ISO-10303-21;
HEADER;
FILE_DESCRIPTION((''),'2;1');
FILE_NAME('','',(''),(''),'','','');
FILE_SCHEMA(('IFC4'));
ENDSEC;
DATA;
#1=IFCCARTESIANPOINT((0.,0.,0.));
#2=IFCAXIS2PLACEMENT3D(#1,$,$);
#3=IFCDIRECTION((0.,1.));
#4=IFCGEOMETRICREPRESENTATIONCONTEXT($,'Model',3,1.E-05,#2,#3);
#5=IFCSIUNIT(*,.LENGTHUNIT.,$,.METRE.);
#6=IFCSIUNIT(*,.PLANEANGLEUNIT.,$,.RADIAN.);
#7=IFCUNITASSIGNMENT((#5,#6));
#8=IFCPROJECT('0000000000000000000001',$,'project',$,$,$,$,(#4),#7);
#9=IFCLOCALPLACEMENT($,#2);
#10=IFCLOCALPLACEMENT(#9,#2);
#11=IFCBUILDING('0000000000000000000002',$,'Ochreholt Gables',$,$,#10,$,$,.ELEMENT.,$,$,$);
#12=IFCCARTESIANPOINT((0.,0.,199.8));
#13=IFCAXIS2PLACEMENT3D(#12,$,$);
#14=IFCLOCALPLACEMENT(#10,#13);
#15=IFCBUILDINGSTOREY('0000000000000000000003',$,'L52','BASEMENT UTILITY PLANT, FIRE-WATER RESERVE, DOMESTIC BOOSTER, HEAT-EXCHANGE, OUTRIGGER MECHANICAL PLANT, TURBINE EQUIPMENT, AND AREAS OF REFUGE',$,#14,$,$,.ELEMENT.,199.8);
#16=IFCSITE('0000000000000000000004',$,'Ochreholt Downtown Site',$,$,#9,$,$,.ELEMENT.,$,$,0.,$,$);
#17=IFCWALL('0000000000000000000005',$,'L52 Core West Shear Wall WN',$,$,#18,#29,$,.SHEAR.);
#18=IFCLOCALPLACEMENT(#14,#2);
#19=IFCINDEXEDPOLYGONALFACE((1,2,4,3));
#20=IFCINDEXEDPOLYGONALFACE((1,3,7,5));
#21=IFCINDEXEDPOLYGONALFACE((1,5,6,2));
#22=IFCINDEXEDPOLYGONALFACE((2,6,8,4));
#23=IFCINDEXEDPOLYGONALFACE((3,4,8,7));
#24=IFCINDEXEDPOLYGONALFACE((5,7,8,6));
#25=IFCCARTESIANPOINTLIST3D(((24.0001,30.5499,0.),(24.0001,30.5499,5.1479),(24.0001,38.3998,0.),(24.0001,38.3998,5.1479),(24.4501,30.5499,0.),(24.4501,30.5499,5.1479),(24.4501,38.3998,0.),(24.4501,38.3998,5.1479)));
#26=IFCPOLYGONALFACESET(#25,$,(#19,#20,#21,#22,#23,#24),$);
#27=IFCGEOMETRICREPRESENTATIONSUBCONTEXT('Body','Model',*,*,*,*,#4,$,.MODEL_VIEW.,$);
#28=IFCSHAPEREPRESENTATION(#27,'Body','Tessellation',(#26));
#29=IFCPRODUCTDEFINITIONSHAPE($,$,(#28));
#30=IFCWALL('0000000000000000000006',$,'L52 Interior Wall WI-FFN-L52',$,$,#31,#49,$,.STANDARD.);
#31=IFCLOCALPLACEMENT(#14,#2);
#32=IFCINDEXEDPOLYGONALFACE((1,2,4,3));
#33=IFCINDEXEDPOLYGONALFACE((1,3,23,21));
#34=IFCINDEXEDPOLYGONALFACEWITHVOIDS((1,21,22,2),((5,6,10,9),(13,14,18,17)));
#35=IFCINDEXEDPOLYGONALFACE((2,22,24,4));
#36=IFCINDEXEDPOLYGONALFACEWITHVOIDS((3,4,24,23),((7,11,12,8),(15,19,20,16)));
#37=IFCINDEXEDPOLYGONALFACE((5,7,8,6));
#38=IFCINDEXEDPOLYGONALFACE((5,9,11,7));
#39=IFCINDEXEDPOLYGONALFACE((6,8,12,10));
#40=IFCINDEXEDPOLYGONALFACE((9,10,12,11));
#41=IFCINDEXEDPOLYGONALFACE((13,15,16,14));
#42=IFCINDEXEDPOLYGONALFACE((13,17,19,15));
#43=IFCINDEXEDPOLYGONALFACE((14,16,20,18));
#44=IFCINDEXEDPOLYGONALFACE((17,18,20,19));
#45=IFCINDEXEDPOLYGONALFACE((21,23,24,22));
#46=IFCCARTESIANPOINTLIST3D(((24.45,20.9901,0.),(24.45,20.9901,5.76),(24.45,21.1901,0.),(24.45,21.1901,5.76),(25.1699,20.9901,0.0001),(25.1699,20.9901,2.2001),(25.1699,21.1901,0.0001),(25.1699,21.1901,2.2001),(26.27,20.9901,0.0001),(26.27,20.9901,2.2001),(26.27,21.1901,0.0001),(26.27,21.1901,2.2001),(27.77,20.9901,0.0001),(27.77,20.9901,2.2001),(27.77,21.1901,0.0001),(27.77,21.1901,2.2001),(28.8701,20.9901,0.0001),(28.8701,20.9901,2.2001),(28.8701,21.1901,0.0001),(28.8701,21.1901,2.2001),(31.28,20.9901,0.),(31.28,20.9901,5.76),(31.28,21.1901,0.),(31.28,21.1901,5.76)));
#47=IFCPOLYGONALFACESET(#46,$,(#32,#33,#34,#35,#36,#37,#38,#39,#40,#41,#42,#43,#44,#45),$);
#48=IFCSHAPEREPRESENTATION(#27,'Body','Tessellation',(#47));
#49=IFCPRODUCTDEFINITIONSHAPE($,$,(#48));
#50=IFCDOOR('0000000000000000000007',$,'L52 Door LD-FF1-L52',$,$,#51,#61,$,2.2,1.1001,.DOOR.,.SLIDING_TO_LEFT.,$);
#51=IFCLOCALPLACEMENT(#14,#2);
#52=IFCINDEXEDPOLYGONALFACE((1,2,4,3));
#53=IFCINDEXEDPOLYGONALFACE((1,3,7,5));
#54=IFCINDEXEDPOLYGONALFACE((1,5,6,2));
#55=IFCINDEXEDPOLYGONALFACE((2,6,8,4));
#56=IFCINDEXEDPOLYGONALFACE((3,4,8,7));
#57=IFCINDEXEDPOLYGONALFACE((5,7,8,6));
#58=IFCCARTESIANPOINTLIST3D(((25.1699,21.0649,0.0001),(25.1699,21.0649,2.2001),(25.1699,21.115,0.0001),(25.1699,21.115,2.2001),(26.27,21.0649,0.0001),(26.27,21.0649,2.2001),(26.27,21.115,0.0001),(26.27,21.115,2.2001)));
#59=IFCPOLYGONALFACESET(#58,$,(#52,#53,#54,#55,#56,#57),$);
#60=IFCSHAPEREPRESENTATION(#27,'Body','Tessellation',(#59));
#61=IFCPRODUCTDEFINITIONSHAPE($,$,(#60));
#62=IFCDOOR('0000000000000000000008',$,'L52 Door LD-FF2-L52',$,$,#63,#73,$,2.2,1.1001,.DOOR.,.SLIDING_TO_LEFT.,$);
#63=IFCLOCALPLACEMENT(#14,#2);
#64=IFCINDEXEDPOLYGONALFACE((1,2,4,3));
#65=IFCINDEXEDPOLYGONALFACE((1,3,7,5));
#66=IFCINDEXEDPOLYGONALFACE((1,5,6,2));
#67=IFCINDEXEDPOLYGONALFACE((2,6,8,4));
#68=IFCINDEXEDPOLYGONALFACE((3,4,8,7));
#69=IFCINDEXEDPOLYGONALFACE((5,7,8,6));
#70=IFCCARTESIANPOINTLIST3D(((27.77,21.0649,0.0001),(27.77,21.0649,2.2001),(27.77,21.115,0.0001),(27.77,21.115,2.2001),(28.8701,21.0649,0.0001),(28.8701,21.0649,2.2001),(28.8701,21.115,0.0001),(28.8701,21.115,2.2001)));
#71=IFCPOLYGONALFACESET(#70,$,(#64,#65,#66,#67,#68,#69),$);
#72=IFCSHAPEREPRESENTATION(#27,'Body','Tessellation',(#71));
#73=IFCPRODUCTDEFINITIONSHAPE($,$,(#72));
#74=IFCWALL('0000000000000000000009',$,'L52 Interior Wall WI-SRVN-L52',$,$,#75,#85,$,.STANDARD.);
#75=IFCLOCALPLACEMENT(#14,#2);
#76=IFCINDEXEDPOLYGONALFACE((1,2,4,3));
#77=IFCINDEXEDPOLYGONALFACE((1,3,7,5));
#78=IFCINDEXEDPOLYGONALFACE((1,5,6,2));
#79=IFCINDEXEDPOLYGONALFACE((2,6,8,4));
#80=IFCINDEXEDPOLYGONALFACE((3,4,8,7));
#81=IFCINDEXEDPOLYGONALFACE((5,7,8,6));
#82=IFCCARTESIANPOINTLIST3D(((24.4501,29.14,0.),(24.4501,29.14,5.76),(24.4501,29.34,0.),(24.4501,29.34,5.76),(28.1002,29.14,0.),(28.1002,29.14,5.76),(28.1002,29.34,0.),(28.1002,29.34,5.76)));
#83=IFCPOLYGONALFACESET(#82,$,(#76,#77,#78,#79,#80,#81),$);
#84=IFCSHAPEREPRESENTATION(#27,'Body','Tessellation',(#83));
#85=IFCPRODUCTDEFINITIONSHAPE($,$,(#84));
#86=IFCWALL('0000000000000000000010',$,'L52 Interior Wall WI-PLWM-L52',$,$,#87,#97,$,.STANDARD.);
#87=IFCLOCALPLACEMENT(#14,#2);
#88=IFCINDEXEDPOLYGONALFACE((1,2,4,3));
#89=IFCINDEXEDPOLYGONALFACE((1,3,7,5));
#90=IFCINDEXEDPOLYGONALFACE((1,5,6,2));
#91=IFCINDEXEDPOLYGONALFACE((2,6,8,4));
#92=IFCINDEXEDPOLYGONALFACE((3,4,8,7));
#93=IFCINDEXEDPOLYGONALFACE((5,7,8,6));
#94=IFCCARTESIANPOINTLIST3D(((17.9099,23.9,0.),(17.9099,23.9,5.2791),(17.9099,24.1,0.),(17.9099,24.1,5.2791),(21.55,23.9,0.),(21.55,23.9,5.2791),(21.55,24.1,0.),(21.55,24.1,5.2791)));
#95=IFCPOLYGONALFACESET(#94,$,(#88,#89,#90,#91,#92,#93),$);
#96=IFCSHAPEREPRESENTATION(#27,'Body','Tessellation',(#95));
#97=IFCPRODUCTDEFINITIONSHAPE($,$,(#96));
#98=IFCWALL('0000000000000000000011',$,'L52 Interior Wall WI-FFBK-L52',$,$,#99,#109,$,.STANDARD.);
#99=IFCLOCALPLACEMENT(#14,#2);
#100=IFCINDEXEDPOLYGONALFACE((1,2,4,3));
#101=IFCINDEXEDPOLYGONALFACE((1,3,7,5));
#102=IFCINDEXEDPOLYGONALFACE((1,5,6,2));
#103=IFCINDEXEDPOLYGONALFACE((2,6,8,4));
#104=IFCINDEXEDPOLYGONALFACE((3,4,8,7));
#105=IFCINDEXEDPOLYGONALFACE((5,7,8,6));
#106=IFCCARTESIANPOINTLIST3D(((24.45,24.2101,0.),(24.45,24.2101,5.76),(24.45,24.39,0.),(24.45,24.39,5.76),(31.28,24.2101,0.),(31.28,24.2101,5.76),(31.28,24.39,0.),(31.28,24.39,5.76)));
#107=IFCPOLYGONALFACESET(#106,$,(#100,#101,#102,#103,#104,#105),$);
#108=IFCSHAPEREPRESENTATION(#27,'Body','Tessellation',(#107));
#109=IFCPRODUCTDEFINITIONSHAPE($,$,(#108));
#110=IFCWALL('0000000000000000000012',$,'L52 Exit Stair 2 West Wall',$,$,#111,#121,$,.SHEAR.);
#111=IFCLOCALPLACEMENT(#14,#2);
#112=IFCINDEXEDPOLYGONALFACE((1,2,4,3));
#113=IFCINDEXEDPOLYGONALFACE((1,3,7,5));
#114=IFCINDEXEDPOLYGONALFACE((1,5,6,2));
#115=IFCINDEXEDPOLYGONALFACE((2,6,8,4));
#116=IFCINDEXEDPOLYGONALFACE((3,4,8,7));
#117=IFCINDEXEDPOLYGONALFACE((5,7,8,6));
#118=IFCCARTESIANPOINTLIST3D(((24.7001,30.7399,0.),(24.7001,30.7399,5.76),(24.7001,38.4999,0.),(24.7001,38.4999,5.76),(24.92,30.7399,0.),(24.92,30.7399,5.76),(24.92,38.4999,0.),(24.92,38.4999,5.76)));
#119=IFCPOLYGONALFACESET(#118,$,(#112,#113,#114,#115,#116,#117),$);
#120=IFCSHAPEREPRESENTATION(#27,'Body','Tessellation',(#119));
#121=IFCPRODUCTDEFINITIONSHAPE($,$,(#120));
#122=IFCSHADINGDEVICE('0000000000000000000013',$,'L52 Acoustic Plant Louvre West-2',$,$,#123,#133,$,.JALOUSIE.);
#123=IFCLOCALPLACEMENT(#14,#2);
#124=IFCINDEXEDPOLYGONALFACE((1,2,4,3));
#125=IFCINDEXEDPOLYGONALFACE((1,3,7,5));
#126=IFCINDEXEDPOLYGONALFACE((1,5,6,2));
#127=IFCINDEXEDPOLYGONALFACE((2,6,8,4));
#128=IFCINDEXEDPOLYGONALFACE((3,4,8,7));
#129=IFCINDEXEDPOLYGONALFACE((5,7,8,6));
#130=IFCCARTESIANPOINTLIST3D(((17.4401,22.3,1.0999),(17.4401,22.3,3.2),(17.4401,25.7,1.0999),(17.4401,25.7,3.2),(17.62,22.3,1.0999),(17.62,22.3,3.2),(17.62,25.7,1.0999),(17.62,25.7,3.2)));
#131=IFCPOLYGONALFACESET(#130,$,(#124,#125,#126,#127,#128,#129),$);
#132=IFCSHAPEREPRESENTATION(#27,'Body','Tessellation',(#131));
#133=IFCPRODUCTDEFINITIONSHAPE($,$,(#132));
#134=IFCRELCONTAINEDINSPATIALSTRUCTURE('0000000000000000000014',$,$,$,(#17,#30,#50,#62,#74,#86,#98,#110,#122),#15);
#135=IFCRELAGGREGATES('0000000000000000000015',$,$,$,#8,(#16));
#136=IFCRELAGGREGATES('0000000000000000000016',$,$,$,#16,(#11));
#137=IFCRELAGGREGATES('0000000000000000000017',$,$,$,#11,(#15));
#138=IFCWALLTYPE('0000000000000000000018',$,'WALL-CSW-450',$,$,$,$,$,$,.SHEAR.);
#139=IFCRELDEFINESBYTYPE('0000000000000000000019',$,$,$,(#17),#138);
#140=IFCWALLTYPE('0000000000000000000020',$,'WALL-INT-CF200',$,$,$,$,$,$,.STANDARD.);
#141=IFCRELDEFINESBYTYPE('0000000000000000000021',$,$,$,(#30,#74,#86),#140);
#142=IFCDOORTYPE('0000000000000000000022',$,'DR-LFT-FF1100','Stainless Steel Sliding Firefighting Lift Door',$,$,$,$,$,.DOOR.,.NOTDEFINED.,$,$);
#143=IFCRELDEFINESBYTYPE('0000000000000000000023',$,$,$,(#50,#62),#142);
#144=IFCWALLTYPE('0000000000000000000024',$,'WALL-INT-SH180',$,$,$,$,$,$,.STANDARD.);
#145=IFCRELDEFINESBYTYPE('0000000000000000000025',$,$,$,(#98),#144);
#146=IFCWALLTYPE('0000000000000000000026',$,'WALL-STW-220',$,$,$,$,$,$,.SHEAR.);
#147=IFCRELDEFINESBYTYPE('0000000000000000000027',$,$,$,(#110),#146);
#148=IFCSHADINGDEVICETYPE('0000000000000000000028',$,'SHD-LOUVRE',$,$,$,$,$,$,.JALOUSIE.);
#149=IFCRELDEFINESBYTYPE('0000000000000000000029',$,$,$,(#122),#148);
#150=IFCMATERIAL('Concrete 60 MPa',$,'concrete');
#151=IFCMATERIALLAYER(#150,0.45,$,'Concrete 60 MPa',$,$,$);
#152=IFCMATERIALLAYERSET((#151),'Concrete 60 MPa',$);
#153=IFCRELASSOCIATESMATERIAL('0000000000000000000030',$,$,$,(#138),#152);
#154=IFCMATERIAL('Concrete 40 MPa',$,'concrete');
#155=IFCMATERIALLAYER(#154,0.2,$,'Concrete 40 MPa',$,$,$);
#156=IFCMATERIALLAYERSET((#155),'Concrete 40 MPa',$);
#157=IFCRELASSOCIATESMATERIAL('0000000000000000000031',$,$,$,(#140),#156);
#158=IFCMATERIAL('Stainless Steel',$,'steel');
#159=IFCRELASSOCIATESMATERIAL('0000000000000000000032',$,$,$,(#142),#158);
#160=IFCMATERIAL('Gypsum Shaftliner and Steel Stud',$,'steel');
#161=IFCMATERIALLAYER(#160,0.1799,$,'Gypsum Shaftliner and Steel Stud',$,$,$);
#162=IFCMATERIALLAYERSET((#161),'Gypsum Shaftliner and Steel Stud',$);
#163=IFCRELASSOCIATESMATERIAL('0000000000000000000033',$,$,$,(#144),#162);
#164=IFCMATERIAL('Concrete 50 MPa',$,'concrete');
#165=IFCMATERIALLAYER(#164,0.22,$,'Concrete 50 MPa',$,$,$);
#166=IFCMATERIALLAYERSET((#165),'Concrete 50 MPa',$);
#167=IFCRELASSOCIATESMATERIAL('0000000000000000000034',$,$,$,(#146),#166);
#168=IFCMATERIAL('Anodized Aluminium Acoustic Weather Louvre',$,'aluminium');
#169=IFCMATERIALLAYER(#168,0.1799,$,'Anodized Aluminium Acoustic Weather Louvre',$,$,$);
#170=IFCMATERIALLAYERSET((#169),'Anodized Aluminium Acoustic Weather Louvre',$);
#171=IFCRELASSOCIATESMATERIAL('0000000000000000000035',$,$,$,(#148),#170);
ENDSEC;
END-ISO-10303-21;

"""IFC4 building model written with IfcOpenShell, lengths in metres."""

from ifc_helpers import new_model, si_unit, direction, frame, frame_2d, origin, origin_2d, place, context, subcontext, project, spatial, rectangle, extrude, material, layer, layer_set, type_object, element, fill, save


model = new_model("IFC4")

# Units and contexts
model_context = context("Model", 3, precision=1e-05, world=origin(), true_north=direction((0.0, 1.0)))
body_context = subcontext(model_context, "Body", "Model", "MODEL_VIEW")
ifc_project = project(units=[si_unit("LENGTHUNIT", "METRE"), si_unit("PLANEANGLEUNIT", "RADIAN")], contexts=[model_context])

# Site, building, storey
site_placement = place(None, origin())
site = spatial("IfcSite", under=ifc_project, at=site_placement, Name="Ochreholt Downtown Site", CompositionType="ELEMENT", RefElevation=0.0)
building_placement = place(site_placement, origin())
building = spatial("IfcBuilding", under=site, at=building_placement, Name="Ochreholt Gables", CompositionType="ELEMENT")
storey_placement = place(building_placement, frame((0.0, 0.0, 199.8)))
storey = spatial("IfcBuildingStorey", under=building, at=storey_placement, Name="L52", Description="BASEMENT UTILITY PLANT, FIRE-WATER RESERVE, DOMESTIC BOOSTER, HEAT-EXCHANGE, OUTRIGGER MECHANICAL PLANT, TURBINE EQUIPMENT, AND AREAS OF REFUGE", CompositionType="ELEMENT", Elevation=199.8)

# Shared definitions
ifc_material_1 = material(Name="Concrete 50 MPa", Category="concrete")

# Wall
ifc_material_2 = material(Name="Concrete 60 MPa", Category="concrete")
ifc_layer_1 = layer(ifc_material_2, 0.45, Name="Concrete 60 MPa")
ifc_layer_set_1 = layer_set([ifc_layer_1], Name="Concrete 60 MPa")
wall_type_1 = type_object("IfcWallType", Name="WALL-CSW-450", PredefinedType="SHEAR", material=ifc_layer_set_1)
wall_1_placement = place(storey_placement, frame((24.2251, 30.55, 0.0), z_axis=(0.0, 0.0, 1.0), x_axis=(0.0, 1.0, 0.0)))
element("IfcWall", 1, at=wall_1_placement, inside=storey, type_object=wall_type_1, Name="L52 Core West Shear Wall WN", PredefinedType="SHEAR", context=body_context, shape_type="SweptSolid", body=[
    extrude(rectangle(XDim=7.8499, YDim=0.45, at=frame_2d((3.9248, 0.0))), origin(), (0.0, 0.0, 1.0), 5.1479),
])

# Wall, openings, doors
ifc_material_3 = material(Name="Concrete 40 MPa", Category="concrete")
ifc_layer_2 = layer(ifc_material_3, 0.2, Name="Concrete 40 MPa")
ifc_layer_set_2 = layer_set([ifc_layer_2], Name="Concrete 40 MPa")
wall_type_2 = type_object("IfcWallType", Name="WALL-INT-CF200", PredefinedType="STANDARD", material=ifc_layer_set_2)
wall_2_placement = place(storey_placement, frame((24.45, 21.0901, 0.0), z_axis=(0.0, 0.0, 1.0), x_axis=(1.0, 0.0, 0.0)))
wall_2 = element("IfcWall", 2, at=wall_2_placement, inside=storey, type_object=wall_type_2, Name="L52 Interior Wall WI-FFN-L52", PredefinedType="STANDARD", context=body_context, shape_type="SweptSolid", body=[
    extrude(rectangle(XDim=6.8301, YDim=0.2, at=frame_2d((3.415, 0.0))), origin(), (0.0, 0.0, 1.0), 5.76),
])
opening_1_placement = place(wall_2_placement, frame((0.72, 0.0, 0.0)))
opening_1 = element("IfcOpeningElement", 3, at=opening_1_placement, cuts=wall_2, PredefinedType="OPENING", context=body_context, shape_type="SweptSolid", body=[
    extrude(rectangle(XDim=1.1001, YDim=2.2, at=frame_2d((0.55, 1.1001))), frame((0.0, 0.1099, 0.0), z_axis=(0.0, -1.0, 0.0), x_axis=(1.0, 0.0, 0.0)), (0.0, 0.0, 1.0), 0.22),
])
opening_2_placement = place(wall_2_placement, frame((3.3201, 0.0, 0.0)))
opening_2 = element("IfcOpeningElement", 4, at=opening_2_placement, cuts=wall_2, PredefinedType="OPENING", context=body_context, shape_type="SweptSolid", body=[
    extrude(rectangle(XDim=1.1001, YDim=2.2, at=frame_2d((0.55, 1.1001))), frame((0.0, 0.1099, 0.0), z_axis=(0.0, -1.0, 0.0), x_axis=(1.0, 0.0, 0.0)), (0.0, 0.0, 1.0), 0.22),
])
ifc_material_4 = material(Name="Stainless Steel", Category="steel")
door_type_1 = type_object("IfcDoorType", Name="DR-LFT-FF1100", Description="Stainless Steel Sliding Firefighting Lift Door", OperationType="NOTDEFINED", PredefinedType="DOOR", material=ifc_material_4)
door_1_placement = place(opening_1_placement, origin())
door_1 = element("IfcDoor", 5, at=door_1_placement, inside=storey, type_object=door_type_1, Name="L52 Door LD-FF1-L52", OperationType="SLIDING_TO_LEFT", OverallHeight=2.2, OverallWidth=1.1001, PredefinedType="DOOR", context=body_context, shape_type="SweptSolid", body=[
    extrude(rectangle(XDim=1.1001, YDim=2.2, at=frame_2d((0.55, 1.1001))), frame((0.0, 0.0249, 0.0), z_axis=(0.0, -1.0, 0.0), x_axis=(1.0, 0.0, 0.0)), (0.0, 0.0, 1.0), 0.05),
])
fill(opening_1, door_1)
door_2_placement = place(opening_2_placement, origin())
door_2 = element("IfcDoor", 6, at=door_2_placement, inside=storey, type_object=door_type_1, Name="L52 Door LD-FF2-L52", OperationType="SLIDING_TO_LEFT", OverallHeight=2.2, OverallWidth=1.1001, PredefinedType="DOOR", context=body_context, shape_type="SweptSolid", body=[
    extrude(rectangle(XDim=1.1001, YDim=2.2, at=frame_2d((0.55, 1.1001))), frame((0.0, 0.0249, 0.0), z_axis=(0.0, -1.0, 0.0), x_axis=(1.0, 0.0, 0.0)), (0.0, 0.0, 1.0), 0.05),
])
fill(opening_2, door_2)

# Walls
wall_3_placement = place(storey_placement, frame((24.45, 29.24, 0.0), z_axis=(0.0, 0.0, 1.0), x_axis=(1.0, 0.0, 0.0)))
element("IfcWall", 7, at=wall_3_placement, inside=storey, type_object=wall_type_2, Name="L52 Interior Wall WI-SRVN-L52", PredefinedType="STANDARD", context=body_context, shape_type="SweptSolid", body=[
    extrude(rectangle(XDim=3.6501, YDim=0.2, at=frame_2d((1.8252, 0.0))), origin(), (0.0, 0.0, 1.0), 5.76),
])
wall_4_placement = place(storey_placement, frame((17.9099, 24.0, 0.0), z_axis=(0.0, 0.0, 1.0), x_axis=(1.0, 0.0, 0.0)))
element("IfcWall", 8, at=wall_4_placement, inside=storey, type_object=wall_type_2, Name="L52 Interior Wall WI-PLWM-L52", PredefinedType="STANDARD", context=body_context, shape_type="SweptSolid", body=[
    extrude(rectangle(XDim=3.6401, YDim=0.2, at=frame_2d((1.8201, 0.0))), origin(), (0.0, 0.0, 1.0), 5.2791),
])
ifc_material_5 = material(Name="Gypsum Shaftliner and Steel Stud", Category="steel")
ifc_layer_3 = layer(ifc_material_5, 0.1799, Name="Gypsum Shaftliner and Steel Stud")
ifc_layer_set_3 = layer_set([ifc_layer_3], Name="Gypsum Shaftliner and Steel Stud")
wall_type_3 = type_object("IfcWallType", Name="WALL-INT-SH180", PredefinedType="STANDARD", material=ifc_layer_set_3)
wall_5_placement = place(storey_placement, frame((24.45, 24.3, 0.0), z_axis=(0.0, 0.0, 1.0), x_axis=(1.0, 0.0, 0.0)))
element("IfcWall", 9, at=wall_5_placement, inside=storey, type_object=wall_type_3, Name="L52 Interior Wall WI-FFBK-L52", PredefinedType="STANDARD", context=body_context, shape_type="SweptSolid", body=[
    extrude(rectangle(XDim=6.8301, YDim=0.1799, at=frame_2d((3.415, 0.0))), origin(), (0.0, 0.0, 1.0), 5.76),
])
ifc_layer_4 = layer(ifc_material_1, 0.22, Name="Concrete 50 MPa")
ifc_layer_set_4 = layer_set([ifc_layer_4], Name="Concrete 50 MPa")
wall_type_4 = type_object("IfcWallType", Name="WALL-STW-220", PredefinedType="SHEAR", material=ifc_layer_set_4)
wall_6_placement = place(storey_placement, frame((24.8101, 30.74, 0.0), z_axis=(0.0, 0.0, 1.0), x_axis=(0.0, 1.0, 0.0)))
element("IfcWall", 10, at=wall_6_placement, inside=storey, type_object=wall_type_4, Name="L52 Exit Stair 2 West Wall", PredefinedType="SHEAR", context=body_context, shape_type="SweptSolid", body=[
    extrude(rectangle(XDim=7.76, YDim=0.22, at=frame_2d((3.8799, 0.0))), origin(), (0.0, 0.0, 1.0), 5.76),
])

# Shading device
ifc_material_6 = material(Name="Anodized Aluminium Acoustic Weather Louvre", Category="aluminium")
ifc_layer_5 = layer(ifc_material_6, 0.1799, Name="Anodized Aluminium Acoustic Weather Louvre")
ifc_layer_set_5 = layer_set([ifc_layer_5], Name="Anodized Aluminium Acoustic Weather Louvre")
shading_device_type = type_object("IfcShadingDeviceType", Name="SHD-LOUVRE", PredefinedType="JALOUSIE", material=ifc_layer_set_5)
shading_device_placement = place(storey_placement, frame((17.53, 24.0, 1.0999), z_axis=(0.0, 0.0, 1.0), x_axis=(0.0, -1.0, 0.0)))
element("IfcShadingDevice", 11, at=shading_device_placement, inside=storey, type_object=shading_device_type, Name="L52 Acoustic Plant Louvre West-2", PredefinedType="JALOUSIE", context=body_context, shape_type="SweptSolid", body=[
    extrude(rectangle(XDim=3.3999, YDim=0.1799, at=origin_2d()), origin(), (0.0, 0.0, 1.0), 2.1001),
])

save(model, "model.ifc")
